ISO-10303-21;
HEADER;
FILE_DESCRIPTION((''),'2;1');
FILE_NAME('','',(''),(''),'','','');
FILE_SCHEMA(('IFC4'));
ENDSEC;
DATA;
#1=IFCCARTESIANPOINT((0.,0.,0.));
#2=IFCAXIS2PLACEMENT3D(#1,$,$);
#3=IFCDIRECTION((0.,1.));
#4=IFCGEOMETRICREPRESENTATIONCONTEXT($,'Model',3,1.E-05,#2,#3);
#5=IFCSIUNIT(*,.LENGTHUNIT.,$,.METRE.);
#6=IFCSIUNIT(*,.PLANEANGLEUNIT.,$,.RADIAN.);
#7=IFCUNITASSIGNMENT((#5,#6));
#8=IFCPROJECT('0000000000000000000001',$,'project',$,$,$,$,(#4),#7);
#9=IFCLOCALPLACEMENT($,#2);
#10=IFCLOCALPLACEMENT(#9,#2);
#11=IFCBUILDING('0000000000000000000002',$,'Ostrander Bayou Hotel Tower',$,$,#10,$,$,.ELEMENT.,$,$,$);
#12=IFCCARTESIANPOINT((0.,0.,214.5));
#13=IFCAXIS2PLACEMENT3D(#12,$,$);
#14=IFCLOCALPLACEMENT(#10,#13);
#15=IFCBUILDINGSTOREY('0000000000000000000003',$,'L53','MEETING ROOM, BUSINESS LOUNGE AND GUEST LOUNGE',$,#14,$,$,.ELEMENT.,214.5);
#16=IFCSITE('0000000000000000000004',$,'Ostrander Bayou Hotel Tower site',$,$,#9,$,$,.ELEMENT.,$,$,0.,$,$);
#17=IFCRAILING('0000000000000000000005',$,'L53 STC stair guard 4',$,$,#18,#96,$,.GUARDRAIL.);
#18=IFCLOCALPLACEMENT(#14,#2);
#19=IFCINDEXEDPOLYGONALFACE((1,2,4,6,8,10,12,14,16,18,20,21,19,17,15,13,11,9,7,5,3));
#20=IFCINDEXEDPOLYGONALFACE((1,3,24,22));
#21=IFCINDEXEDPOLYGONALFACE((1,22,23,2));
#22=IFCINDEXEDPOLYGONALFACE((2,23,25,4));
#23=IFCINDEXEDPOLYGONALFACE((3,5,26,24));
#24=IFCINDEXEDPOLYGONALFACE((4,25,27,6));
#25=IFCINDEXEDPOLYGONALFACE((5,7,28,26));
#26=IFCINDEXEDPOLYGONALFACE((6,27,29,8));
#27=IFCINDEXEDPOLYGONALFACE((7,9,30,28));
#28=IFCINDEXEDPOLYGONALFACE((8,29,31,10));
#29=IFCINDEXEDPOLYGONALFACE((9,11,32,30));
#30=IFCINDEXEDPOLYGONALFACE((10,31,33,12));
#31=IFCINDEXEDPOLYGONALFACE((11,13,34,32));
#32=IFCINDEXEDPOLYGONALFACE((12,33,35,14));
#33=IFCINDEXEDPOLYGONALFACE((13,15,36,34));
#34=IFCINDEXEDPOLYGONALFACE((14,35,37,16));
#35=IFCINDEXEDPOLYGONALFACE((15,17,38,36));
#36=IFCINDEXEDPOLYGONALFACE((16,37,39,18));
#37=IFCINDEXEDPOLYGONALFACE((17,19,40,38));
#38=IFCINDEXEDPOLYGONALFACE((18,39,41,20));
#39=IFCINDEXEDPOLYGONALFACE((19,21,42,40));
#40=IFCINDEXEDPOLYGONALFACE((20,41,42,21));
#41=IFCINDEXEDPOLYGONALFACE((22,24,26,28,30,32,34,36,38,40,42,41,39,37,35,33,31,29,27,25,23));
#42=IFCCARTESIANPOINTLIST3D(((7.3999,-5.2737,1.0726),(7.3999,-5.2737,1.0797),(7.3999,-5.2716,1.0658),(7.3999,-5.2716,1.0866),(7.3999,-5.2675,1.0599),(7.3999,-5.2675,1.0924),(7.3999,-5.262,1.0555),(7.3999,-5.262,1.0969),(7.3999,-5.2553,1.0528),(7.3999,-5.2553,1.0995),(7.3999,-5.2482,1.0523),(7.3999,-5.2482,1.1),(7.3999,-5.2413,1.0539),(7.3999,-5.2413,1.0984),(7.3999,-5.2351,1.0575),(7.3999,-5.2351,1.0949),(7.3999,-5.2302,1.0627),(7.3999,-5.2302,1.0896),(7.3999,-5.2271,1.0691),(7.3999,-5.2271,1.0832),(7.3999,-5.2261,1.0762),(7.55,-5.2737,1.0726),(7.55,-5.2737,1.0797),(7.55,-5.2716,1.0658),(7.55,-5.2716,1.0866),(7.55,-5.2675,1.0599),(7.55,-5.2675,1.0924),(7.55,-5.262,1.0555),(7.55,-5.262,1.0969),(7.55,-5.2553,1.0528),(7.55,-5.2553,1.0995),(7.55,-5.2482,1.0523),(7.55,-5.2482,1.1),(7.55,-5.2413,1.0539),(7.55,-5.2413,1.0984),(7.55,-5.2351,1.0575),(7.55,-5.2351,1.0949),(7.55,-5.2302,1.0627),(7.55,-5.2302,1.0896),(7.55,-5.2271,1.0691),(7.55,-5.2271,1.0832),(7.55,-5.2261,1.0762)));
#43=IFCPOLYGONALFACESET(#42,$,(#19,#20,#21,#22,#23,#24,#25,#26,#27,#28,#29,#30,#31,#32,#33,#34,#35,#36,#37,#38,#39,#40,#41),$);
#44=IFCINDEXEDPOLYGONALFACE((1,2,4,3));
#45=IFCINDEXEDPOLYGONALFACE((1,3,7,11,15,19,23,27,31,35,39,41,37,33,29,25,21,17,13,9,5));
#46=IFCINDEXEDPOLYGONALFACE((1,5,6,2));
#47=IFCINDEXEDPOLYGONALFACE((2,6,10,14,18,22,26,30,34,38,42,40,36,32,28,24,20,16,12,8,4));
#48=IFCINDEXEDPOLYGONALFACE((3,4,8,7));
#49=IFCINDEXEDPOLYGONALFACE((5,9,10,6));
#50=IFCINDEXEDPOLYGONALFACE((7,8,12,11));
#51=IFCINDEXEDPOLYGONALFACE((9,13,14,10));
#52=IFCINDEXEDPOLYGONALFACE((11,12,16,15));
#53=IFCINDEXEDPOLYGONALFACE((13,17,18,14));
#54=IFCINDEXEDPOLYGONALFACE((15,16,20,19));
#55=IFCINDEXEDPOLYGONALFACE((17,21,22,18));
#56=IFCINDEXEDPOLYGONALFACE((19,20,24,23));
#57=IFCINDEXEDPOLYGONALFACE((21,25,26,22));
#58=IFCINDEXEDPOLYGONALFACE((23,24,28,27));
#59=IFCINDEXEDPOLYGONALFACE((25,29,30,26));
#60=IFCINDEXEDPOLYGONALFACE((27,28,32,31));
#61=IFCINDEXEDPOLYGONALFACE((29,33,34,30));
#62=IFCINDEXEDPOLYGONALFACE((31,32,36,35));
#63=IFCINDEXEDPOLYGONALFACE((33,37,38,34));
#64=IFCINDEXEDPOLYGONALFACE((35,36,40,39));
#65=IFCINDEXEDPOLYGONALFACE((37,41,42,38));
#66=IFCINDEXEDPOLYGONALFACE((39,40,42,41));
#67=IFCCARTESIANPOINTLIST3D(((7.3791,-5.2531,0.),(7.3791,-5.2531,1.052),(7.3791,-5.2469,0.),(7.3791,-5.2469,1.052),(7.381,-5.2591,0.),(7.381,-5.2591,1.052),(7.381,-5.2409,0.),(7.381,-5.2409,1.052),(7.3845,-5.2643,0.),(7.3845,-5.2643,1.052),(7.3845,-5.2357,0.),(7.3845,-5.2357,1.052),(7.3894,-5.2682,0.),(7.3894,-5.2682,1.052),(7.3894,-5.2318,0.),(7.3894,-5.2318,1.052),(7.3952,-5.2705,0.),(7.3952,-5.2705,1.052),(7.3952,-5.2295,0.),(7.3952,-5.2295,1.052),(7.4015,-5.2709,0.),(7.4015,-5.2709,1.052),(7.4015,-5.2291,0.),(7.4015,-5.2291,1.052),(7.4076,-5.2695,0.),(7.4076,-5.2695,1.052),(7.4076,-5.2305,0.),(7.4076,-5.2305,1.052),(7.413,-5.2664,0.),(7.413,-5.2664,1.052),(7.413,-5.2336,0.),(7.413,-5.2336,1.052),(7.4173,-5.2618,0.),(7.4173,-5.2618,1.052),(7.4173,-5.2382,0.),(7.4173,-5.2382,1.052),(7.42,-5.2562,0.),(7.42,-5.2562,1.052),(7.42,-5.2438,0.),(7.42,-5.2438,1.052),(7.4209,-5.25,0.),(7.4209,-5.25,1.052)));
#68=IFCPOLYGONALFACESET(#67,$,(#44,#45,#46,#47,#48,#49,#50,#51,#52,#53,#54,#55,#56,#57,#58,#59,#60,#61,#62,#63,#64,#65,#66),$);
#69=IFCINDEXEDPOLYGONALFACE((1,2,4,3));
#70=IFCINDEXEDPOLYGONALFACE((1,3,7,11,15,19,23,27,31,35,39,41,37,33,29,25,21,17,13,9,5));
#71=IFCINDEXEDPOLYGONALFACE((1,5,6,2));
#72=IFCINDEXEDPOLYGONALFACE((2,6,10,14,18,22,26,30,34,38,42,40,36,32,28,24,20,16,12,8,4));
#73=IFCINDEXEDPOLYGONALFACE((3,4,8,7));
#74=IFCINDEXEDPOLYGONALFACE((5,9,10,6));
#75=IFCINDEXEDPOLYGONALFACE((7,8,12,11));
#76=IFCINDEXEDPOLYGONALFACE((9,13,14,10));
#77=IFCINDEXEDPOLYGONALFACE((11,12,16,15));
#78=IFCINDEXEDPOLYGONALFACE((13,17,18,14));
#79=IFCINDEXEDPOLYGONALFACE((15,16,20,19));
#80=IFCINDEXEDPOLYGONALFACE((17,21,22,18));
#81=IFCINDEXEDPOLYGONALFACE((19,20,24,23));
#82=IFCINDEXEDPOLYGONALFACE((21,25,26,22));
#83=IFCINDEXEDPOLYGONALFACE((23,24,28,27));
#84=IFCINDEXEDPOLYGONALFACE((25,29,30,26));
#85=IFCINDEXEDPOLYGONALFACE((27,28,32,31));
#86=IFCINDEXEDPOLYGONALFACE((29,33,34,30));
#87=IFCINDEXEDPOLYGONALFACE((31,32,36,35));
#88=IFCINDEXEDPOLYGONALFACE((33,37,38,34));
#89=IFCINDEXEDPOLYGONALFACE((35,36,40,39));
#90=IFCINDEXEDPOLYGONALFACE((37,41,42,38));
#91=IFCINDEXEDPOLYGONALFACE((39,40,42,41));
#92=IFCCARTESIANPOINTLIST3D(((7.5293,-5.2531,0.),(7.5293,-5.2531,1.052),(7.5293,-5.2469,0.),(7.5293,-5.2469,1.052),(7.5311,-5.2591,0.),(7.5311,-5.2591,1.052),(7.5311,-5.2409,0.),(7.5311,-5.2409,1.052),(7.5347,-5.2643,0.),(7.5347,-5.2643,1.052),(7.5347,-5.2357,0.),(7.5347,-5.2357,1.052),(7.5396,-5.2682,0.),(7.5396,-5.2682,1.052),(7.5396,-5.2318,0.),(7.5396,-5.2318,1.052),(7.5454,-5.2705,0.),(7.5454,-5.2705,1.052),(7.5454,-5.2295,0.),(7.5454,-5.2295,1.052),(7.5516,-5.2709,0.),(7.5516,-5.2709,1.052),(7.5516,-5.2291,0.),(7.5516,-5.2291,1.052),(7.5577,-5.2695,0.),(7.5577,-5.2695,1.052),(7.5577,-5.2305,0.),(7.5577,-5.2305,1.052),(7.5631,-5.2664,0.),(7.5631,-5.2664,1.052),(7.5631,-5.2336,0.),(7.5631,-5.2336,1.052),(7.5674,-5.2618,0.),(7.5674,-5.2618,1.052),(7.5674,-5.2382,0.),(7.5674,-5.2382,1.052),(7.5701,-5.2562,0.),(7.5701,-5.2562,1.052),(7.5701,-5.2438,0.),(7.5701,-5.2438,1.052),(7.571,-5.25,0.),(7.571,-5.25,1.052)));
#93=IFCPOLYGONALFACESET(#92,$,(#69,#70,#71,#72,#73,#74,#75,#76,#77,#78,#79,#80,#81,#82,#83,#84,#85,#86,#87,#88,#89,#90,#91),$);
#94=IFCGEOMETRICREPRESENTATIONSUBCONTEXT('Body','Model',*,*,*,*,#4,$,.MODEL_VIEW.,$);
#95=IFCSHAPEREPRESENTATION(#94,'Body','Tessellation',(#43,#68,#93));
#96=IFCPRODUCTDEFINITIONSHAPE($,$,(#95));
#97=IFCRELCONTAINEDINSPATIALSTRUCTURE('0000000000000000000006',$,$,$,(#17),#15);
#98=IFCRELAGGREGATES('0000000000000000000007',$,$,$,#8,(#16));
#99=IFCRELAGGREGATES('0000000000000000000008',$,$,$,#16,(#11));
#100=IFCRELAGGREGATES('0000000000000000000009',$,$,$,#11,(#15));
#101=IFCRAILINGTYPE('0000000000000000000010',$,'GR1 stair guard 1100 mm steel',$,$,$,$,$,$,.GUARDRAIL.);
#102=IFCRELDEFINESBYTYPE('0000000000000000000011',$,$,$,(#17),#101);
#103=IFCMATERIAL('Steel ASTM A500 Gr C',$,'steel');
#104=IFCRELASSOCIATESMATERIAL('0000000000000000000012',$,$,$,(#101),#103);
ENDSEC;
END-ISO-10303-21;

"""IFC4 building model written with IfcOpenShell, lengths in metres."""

from ifc_helpers import new_model, si_unit, direction, frame, origin, origin_2d, place, context, subcontext, project, spatial, circle, extrude, material, type_object, element, save


model = new_model("IFC4")

# Units and contexts
model_context = context("Model", 3, precision=1e-05, world=origin(), true_north=direction((0.0, 1.0)))
body_context = subcontext(model_context, "Body", "Model", "MODEL_VIEW")
ifc_project = project(units=[si_unit("LENGTHUNIT", "METRE"), si_unit("PLANEANGLEUNIT", "RADIAN")], contexts=[model_context])

# Site, building, storey
site_placement = place(None, origin())
site = spatial("IfcSite", under=ifc_project, at=site_placement, Name="Ostrander Bayou Hotel Tower site", CompositionType="ELEMENT", RefElevation=0.0)
building_placement = place(site_placement, origin())
building = spatial("IfcBuilding", under=site, at=building_placement, Name="Ostrander Bayou Hotel Tower", CompositionType="ELEMENT")
storey_placement = place(building_placement, frame((0.0, 0.0, 214.5)))
storey = spatial("IfcBuildingStorey", under=building, at=storey_placement, Name="L53", Description="MEETING ROOM, BUSINESS LOUNGE AND GUEST LOUNGE", CompositionType="ELEMENT", Elevation=214.5)

# Railing
ifc_material_1 = material(Name="Steel ASTM A500 Gr C", Category="steel")
railing_type_1 = type_object("IfcRailingType", Name="GR1 stair guard 1100 mm steel", PredefinedType="GUARDRAIL", material=ifc_material_1)
railing_1_placement = place(storey_placement, frame((7.3999, -5.25, 0.0)))
element("IfcRailing", 1, at=railing_1_placement, inside=storey, type_object=railing_type_1, Name="L53 STC stair guard 4", PredefinedType="GUARDRAIL", context=body_context, shape_type="SweptSolid", body=[
    extrude(circle(Radius=0.0239, at=origin_2d()), frame((0.0, 0.0, 1.0762), z_axis=(1.0, 0.0, 0.0), x_axis=(0.0, 1.0, 0.0)), (0.0, 0.0, 1.0), 0.1501),
    extrude(circle(Radius=0.021, at=origin_2d()), origin(), (0.0, 0.0, 1.0), 1.052),
    extrude(circle(Radius=0.021, at=origin_2d()), frame((0.1501, 0.0, 0.0)), (0.0, 0.0, 1.0), 1.052),
])

save(model, "model.ifc")
